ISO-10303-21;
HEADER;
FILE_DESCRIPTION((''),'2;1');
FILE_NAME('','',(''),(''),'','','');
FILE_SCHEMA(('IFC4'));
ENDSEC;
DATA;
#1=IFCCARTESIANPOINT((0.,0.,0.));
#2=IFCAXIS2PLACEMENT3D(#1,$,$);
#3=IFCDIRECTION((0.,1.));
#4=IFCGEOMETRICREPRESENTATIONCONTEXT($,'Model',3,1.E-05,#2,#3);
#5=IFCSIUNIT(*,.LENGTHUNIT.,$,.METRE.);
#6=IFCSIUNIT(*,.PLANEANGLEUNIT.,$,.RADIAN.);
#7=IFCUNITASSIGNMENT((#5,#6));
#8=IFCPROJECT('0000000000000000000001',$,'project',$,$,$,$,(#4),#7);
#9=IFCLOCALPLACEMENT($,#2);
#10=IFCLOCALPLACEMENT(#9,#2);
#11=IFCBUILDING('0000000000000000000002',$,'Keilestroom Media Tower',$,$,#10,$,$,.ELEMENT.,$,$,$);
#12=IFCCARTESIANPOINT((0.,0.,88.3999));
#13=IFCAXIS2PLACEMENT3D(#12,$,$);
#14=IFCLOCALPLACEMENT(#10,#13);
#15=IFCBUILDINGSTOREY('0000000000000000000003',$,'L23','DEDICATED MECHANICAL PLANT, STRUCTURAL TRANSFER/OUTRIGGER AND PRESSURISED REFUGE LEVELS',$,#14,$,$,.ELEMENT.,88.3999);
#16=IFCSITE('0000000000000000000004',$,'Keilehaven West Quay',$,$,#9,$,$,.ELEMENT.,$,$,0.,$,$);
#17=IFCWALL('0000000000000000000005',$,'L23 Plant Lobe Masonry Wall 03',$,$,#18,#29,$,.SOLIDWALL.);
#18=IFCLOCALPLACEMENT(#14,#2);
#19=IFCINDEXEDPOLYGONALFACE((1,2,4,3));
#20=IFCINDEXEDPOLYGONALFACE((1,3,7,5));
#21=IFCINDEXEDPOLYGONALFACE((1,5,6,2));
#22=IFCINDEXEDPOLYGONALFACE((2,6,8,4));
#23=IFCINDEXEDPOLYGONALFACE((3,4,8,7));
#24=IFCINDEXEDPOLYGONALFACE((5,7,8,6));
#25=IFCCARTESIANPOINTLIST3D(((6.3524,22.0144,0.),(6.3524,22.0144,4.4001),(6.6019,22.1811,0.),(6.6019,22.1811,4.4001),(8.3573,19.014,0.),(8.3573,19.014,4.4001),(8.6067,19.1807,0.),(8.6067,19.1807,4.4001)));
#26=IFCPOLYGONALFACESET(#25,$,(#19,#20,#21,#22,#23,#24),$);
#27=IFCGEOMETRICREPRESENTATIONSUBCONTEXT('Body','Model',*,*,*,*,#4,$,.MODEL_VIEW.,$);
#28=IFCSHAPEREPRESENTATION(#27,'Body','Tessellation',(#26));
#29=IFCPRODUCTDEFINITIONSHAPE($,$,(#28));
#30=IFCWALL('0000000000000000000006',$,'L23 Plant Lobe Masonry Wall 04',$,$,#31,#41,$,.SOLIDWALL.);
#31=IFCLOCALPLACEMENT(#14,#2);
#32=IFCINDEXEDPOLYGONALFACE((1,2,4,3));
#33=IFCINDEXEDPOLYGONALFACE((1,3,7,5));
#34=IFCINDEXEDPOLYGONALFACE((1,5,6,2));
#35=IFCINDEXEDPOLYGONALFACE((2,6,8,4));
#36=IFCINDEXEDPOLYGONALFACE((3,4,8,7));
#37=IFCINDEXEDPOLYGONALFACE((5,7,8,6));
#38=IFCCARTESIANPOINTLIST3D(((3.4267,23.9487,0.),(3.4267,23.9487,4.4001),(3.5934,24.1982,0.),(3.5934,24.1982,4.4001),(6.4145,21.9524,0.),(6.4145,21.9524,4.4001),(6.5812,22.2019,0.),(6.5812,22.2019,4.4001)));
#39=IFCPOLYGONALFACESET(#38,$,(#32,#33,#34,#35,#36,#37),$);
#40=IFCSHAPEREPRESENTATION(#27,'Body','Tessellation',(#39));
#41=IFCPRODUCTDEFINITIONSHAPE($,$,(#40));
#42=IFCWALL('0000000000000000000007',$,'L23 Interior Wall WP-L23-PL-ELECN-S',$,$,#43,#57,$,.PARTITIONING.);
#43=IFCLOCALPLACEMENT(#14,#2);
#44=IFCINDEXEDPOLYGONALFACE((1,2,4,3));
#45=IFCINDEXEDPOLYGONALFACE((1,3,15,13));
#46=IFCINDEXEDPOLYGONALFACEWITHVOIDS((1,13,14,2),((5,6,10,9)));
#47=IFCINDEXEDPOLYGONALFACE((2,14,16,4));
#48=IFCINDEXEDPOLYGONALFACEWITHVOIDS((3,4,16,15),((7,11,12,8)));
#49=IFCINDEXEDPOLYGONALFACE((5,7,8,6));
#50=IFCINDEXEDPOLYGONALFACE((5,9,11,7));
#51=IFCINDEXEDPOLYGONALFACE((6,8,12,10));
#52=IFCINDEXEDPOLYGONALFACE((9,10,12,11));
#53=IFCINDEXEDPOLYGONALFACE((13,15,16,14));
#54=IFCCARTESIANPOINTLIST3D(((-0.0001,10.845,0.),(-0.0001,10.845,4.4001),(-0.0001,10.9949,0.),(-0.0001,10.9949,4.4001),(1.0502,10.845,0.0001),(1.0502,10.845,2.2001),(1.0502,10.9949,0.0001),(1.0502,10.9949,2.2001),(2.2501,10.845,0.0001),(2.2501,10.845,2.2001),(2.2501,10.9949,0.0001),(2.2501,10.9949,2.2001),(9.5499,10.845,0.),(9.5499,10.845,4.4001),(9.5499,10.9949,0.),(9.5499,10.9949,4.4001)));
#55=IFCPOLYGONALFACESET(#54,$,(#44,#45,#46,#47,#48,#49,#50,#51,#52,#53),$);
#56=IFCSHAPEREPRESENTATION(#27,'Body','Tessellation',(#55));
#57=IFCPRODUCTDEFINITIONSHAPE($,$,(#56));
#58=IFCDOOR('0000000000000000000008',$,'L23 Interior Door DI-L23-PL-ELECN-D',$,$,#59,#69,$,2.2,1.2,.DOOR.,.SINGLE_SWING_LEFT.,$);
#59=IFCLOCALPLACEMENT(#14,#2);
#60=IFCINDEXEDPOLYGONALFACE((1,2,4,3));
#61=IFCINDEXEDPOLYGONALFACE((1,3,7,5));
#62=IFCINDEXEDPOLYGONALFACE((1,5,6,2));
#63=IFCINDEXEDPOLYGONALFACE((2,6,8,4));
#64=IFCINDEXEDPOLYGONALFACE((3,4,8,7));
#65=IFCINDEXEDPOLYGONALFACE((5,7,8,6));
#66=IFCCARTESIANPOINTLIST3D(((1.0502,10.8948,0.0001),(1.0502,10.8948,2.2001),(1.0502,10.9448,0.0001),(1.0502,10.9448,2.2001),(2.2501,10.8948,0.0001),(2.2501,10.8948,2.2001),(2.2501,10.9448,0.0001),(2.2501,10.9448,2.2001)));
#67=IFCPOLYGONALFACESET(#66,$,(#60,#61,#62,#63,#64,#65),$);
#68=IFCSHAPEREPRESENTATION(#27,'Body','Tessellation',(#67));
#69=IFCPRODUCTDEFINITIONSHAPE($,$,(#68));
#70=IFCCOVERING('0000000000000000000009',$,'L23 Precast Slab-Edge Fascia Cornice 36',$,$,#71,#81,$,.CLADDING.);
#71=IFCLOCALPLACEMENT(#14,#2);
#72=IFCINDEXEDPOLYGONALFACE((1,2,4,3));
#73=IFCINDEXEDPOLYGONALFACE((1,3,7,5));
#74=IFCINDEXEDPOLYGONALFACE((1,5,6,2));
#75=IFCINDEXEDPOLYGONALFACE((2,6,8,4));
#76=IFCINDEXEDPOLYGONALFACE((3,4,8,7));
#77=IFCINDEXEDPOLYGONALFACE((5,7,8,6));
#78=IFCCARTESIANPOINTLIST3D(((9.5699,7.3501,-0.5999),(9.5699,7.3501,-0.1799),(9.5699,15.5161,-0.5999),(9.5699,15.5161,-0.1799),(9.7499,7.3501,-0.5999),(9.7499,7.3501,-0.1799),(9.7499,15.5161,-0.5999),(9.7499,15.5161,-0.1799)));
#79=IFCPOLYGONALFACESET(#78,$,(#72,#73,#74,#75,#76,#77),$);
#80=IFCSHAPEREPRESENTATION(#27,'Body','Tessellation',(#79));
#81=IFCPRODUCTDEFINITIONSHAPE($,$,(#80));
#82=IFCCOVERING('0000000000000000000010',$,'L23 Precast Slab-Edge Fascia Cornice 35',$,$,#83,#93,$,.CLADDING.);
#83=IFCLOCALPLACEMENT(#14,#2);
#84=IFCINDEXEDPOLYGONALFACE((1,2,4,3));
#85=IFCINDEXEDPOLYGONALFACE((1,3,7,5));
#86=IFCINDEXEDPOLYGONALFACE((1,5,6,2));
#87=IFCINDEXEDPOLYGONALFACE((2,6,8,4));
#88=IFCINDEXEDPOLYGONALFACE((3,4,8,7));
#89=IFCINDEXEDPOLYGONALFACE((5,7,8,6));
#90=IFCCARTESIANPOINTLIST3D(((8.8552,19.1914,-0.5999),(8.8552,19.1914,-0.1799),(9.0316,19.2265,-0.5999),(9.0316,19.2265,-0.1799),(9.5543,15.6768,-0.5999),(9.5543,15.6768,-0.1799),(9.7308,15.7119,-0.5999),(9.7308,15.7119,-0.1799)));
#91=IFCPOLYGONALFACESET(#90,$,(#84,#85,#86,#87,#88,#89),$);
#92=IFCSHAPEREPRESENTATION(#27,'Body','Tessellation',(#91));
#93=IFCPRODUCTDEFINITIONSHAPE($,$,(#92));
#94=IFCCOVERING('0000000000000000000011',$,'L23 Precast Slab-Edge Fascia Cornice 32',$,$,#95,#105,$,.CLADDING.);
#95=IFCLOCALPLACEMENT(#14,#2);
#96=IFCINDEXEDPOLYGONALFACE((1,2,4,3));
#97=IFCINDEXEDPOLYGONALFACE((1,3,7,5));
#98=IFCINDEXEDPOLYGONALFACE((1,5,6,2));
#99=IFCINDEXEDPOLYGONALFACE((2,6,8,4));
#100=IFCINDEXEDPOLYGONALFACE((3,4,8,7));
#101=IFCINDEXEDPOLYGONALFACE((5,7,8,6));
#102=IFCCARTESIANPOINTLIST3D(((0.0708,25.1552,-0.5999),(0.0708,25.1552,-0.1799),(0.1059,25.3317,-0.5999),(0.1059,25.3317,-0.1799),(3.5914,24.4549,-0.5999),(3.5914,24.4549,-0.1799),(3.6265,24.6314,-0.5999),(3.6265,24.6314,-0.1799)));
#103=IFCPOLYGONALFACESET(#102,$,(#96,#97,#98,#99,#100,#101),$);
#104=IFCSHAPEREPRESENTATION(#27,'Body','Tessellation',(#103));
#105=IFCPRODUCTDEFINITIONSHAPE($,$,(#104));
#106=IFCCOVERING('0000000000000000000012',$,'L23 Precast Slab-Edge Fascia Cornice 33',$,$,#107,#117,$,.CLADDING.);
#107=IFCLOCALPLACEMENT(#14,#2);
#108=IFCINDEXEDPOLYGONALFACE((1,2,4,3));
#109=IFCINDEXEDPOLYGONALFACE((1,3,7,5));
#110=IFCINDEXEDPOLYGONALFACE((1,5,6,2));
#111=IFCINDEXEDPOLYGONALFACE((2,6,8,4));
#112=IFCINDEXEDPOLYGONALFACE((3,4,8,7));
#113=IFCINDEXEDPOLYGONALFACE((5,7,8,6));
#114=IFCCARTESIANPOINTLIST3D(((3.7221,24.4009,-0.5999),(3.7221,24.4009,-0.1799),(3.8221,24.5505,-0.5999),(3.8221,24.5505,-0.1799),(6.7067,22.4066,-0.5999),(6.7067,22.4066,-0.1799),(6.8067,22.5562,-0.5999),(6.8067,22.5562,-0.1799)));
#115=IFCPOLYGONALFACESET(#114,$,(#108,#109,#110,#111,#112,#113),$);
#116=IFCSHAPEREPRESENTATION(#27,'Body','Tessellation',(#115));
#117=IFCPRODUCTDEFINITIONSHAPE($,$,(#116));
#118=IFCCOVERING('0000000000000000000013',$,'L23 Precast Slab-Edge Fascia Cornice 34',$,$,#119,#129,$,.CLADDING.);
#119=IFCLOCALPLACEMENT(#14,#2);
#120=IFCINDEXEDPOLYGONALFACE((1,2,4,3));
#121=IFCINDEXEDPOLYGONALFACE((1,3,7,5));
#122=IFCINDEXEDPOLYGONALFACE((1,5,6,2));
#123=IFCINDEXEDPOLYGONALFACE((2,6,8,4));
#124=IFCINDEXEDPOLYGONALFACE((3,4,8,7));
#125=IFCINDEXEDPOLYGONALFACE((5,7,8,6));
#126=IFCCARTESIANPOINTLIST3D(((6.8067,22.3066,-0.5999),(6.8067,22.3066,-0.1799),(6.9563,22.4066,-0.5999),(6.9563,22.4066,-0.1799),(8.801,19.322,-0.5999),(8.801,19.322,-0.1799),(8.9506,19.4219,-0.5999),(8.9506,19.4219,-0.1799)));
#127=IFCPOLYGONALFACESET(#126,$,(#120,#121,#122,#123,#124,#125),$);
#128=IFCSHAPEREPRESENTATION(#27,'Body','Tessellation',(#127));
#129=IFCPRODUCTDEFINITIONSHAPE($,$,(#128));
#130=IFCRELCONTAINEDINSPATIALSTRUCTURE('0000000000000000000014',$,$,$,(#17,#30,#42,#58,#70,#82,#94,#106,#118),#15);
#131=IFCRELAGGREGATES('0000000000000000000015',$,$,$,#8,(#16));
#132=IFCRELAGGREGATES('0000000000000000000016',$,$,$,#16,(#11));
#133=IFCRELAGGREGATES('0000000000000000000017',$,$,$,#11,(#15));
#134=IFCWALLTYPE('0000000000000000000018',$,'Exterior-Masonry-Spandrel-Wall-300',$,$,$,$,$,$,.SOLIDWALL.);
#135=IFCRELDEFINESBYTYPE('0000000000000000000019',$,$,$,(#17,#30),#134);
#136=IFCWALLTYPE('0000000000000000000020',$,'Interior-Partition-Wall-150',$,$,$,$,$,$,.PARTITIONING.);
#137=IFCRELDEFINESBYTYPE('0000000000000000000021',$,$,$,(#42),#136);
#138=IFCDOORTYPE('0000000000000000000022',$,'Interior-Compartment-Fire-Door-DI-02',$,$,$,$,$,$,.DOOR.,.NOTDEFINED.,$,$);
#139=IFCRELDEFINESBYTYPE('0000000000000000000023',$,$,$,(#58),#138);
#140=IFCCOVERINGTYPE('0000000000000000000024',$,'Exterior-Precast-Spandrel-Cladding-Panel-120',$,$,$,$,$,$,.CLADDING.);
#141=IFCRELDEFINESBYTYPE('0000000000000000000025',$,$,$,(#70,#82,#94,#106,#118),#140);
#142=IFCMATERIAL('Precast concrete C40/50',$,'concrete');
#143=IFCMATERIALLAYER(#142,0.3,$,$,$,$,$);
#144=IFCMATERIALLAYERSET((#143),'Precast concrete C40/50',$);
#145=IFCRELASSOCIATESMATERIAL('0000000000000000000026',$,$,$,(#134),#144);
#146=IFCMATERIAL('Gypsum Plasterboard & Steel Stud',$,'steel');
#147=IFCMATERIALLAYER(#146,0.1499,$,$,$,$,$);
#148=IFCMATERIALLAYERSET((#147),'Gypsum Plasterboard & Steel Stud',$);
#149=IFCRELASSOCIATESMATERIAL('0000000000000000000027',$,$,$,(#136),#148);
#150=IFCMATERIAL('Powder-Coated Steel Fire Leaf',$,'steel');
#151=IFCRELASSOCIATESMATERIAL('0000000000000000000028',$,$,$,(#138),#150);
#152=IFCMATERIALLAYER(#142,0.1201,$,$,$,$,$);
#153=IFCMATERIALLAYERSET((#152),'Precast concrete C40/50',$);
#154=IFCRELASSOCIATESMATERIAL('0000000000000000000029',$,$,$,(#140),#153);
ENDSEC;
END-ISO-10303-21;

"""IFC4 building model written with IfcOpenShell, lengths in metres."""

from ifc_helpers import new_model, si_unit, direction, frame, frame_2d, origin, origin_2d, place, context, subcontext, project, spatial, rectangle, extrude, source, transform, mapped, material, layer, layer_set, type_object, element, fill, save


model = new_model("IFC4")

# Units and contexts
model_context = context("Model", 3, precision=1e-05, world=origin(), true_north=direction((0.0, 1.0)))
body_context = subcontext(model_context, "Body", "Model", "MODEL_VIEW")
ifc_project = project(units=[si_unit("LENGTHUNIT", "METRE"), si_unit("PLANEANGLEUNIT", "RADIAN")], contexts=[model_context])

# Site, building, storey
site_placement = place(None, origin())
site = spatial("IfcSite", under=ifc_project, at=site_placement, Name="Keilehaven West Quay", CompositionType="ELEMENT", RefElevation=0.0)
building_placement = place(site_placement, origin())
building = spatial("IfcBuilding", under=site, at=building_placement, Name="Keilestroom Media Tower", CompositionType="ELEMENT")
storey_placement = place(building_placement, frame((0.0, 0.0, 88.3999)))
storey = spatial("IfcBuildingStorey", under=building, at=storey_placement, Name="L23", Description="DEDICATED MECHANICAL PLANT, STRUCTURAL TRANSFER/OUTRIGGER AND PRESSURISED REFUGE LEVELS", CompositionType="ELEMENT", Elevation=88.3999)

# Walls
ifc_material_1 = material(Name="Precast concrete C40/50", Category="concrete")
ifc_layer_1 = layer(ifc_material_1, 0.3)
ifc_layer_set_1 = layer_set([ifc_layer_1], Name="Precast concrete C40/50")
wall_type_1 = type_object("IfcWallType", Name="Exterior-Masonry-Spandrel-Wall-300", PredefinedType="SOLIDWALL", material=ifc_layer_set_1)
for number, where, z_axis, x_axis, name in (
    (1, (8.4819, 19.0974, 0.0), (0.0, 0.0, 1.0), (-0.555574, 0.831467, 0.0), "L23 Plant Lobe Masonry Wall 03"),
):
    element("IfcWall", number, at=place(storey_placement, frame(where, z_axis=z_axis, x_axis=x_axis)), inside=storey, type_object=wall_type_1, Name=name, PredefinedType="SOLIDWALL", context=body_context, shape_type="SweptSolid", body=[
        extrude(rectangle(XDim=3.6086, YDim=0.3, at=frame_2d((1.8042, 0.0))), origin(), (0.0, 0.0, 1.0), 4.4001),
    ])
wall_1_placement = place(storey_placement, frame((6.4978, 22.0771, 0.0), z_axis=(0.0, 0.0, 1.0), x_axis=(-0.831475, 0.555562, 0.0)))
element("IfcWall", 2, at=wall_1_placement, inside=storey, type_object=wall_type_1, Name="L23 Plant Lobe Masonry Wall 04", PredefinedType="SOLIDWALL", context=body_context, shape_type="SweptSolid", body=[
    extrude(rectangle(XDim=3.5933, YDim=0.3, at=frame_2d((1.7966, 0.0))), origin(), (0.0, 0.0, 1.0), 4.4001),
])

# Wall, opening, door
ifc_material_2 = material(Name="Gypsum Plasterboard & Steel Stud", Category="steel")
ifc_layer_2 = layer(ifc_material_2, 0.1499)
ifc_layer_set_2 = layer_set([ifc_layer_2], Name="Gypsum Plasterboard & Steel Stud")
wall_type_2 = type_object("IfcWallType", Name="Interior-Partition-Wall-150", PredefinedType="PARTITIONING", material=ifc_layer_set_2)
wall_2_placement = place(storey_placement, frame((0.0, 10.9199, 0.0), z_axis=(0.0, 0.0, 1.0), x_axis=(1.0, 0.0, 0.0)))
wall_2 = element("IfcWall", 3, at=wall_2_placement, inside=storey, type_object=wall_type_2, Name="L23 Interior Wall WP-L23-PL-ELECN-S", PredefinedType="PARTITIONING", context=body_context, shape_type="SweptSolid", body=[
    extrude(rectangle(XDim=9.55, YDim=0.1499, at=frame_2d((4.7749, 0.0))), origin(), (0.0, 0.0, 1.0), 4.4001),
])
opening_placement = place(wall_2_placement, frame((1.05, 0.0, 0.0)))
opening = element("IfcOpeningElement", 4, at=opening_placement, cuts=wall_2, PredefinedType="OPENING", context=body_context, shape_type="SweptSolid", body=[
    extrude(rectangle(XDim=1.2, YDim=2.2, at=frame_2d((0.6001, 1.1001))), frame((0.0, 0.085, 0.0), z_axis=(0.0, -1.0, 0.0), x_axis=(1.0, 0.0, 0.0)), (0.0, 0.0, 1.0), 0.1699),
])
ifc_material_3 = material(Name="Powder-Coated Steel Fire Leaf", Category="steel")
door_type = type_object("IfcDoorType", Name="Interior-Compartment-Fire-Door-DI-02", OperationType="NOTDEFINED", PredefinedType="DOOR", material=ifc_material_3)
shared_shape_1 = source(origin(), body_context, "Body", "SweptSolid", [
    extrude(rectangle(XDim=1.2, YDim=2.2, at=frame_2d((0.6001, 1.1001))), frame((0.0, 0.0249, 0.0), z_axis=(0.0, -1.0, 0.0), x_axis=(1.0, 0.0, 0.0)), (0.0, 0.0, 1.0), 0.05),
])
door_placement = place(opening_placement, origin())
door = element("IfcDoor", 5, at=door_placement, inside=storey, type_object=door_type, Name="L23 Interior Door DI-L23-PL-ELECN-D", OperationType="SINGLE_SWING_LEFT", OverallHeight=2.2, OverallWidth=1.2, PredefinedType="DOOR", context=body_context, shape_type="MappedRepresentation", body=[
    mapped(shared_shape_1, transform((0.0, 0.0, 0.0), x_axis=(1.0, 0.0, 0.0), y_axis=(0.0, 1.0, 0.0), z_axis=(0.0, 0.0, 1.0), scale=1.0)),
])
fill(opening, door)

# Coverings
ifc_layer_3 = layer(ifc_material_1, 0.1201)
ifc_layer_set_3 = layer_set([ifc_layer_3], Name="Precast concrete C40/50")
covering_type = type_object("IfcCoveringType", Name="Exterior-Precast-Spandrel-Cladding-Panel-120", PredefinedType="CLADDING", material=ifc_layer_set_3)
shared_shape_2 = source(origin(), body_context, "Body", "SweptSolid", [
    extrude(rectangle(XDim=8.166, YDim=0.1799, at=origin_2d()), origin(), (0.0, 0.0, 1.0), 0.4199),
])
covering_1_placement = place(storey_placement, frame((9.6599, 11.4331, -0.5999), z_axis=(0.0, 0.0, 1.0), x_axis=(0.0, -1.0, 0.0)))
element("IfcCovering", 6, at=covering_1_placement, inside=storey, type_object=covering_type, Name="L23 Precast Slab-Edge Fascia Cornice 36", PredefinedType="CLADDING", context=body_context, shape_type="MappedRepresentation", body=[
    mapped(shared_shape_2, transform((0.0, 0.0, 0.0), x_axis=(1.0, 0.0, 0.0), y_axis=(0.0, 1.0, 0.0), z_axis=(0.0, 0.0, 1.0), scale=1.0)),
])
shared_shape_3 = source(origin(), body_context, "Body", "SweptSolid", [
    extrude(rectangle(XDim=3.5835, YDim=0.1799, at=origin_2d()), origin(), (0.0, 0.0, 1.0), 0.4199),
])
covering_2_placement = place(storey_placement, frame((9.293, 17.4517, -0.5999), z_axis=(0.0, 0.0, 1.0), x_axis=(0.195099, -0.980784, 0.0)))
element("IfcCovering", 7, at=covering_2_placement, inside=storey, type_object=covering_type, Name="L23 Precast Slab-Edge Fascia Cornice 35", PredefinedType="CLADDING", context=body_context, shape_type="MappedRepresentation", body=[
    mapped(shared_shape_3, transform((0.0, 0.0, 0.0), x_axis=(1.0, 0.0, 0.0), y_axis=(0.0, 1.0, 0.0), z_axis=(0.0, 0.0, 1.0), scale=1.0)),
])
shared_shape_4 = source(origin(), body_context, "Body", "SweptSolid", [
    extrude(rectangle(XDim=3.5896, YDim=0.1799, at=origin_2d()), origin(), (0.0, 0.0, 1.0), 0.4199),
])
for number, where, z_axis, x_axis, name in (
    (8, (1.8486, 24.8933, -0.5999), (0.0, 0.0, 1.0), (0.980784, -0.195099, 0.0), "L23 Precast Slab-Edge Fascia Cornice 32"),
    (9, (5.2644, 23.4785, -0.5999), (0.0, 0.0, 1.0), (0.831467, -0.555575, 0.0), "L23 Precast Slab-Edge Fascia Cornice 33"),
    (10, (7.8787, 20.8643, -0.5999), (0.0, 0.0, 1.0), (0.555575, -0.831467, 0.0), "L23 Precast Slab-Edge Fascia Cornice 34"),
):
    element("IfcCovering", number, at=place(storey_placement, frame(where, z_axis=z_axis, x_axis=x_axis)), inside=storey, type_object=covering_type, Name=name, PredefinedType="CLADDING", context=body_context, shape_type="MappedRepresentation", body=[
        mapped(shared_shape_4, transform((0.0, 0.0, 0.0), x_axis=(1.0, 0.0, 0.0), y_axis=(0.0, 1.0, 0.0), z_axis=(0.0, 0.0, 1.0), scale=1.0)),
    ])

save(model, "model.ifc")
